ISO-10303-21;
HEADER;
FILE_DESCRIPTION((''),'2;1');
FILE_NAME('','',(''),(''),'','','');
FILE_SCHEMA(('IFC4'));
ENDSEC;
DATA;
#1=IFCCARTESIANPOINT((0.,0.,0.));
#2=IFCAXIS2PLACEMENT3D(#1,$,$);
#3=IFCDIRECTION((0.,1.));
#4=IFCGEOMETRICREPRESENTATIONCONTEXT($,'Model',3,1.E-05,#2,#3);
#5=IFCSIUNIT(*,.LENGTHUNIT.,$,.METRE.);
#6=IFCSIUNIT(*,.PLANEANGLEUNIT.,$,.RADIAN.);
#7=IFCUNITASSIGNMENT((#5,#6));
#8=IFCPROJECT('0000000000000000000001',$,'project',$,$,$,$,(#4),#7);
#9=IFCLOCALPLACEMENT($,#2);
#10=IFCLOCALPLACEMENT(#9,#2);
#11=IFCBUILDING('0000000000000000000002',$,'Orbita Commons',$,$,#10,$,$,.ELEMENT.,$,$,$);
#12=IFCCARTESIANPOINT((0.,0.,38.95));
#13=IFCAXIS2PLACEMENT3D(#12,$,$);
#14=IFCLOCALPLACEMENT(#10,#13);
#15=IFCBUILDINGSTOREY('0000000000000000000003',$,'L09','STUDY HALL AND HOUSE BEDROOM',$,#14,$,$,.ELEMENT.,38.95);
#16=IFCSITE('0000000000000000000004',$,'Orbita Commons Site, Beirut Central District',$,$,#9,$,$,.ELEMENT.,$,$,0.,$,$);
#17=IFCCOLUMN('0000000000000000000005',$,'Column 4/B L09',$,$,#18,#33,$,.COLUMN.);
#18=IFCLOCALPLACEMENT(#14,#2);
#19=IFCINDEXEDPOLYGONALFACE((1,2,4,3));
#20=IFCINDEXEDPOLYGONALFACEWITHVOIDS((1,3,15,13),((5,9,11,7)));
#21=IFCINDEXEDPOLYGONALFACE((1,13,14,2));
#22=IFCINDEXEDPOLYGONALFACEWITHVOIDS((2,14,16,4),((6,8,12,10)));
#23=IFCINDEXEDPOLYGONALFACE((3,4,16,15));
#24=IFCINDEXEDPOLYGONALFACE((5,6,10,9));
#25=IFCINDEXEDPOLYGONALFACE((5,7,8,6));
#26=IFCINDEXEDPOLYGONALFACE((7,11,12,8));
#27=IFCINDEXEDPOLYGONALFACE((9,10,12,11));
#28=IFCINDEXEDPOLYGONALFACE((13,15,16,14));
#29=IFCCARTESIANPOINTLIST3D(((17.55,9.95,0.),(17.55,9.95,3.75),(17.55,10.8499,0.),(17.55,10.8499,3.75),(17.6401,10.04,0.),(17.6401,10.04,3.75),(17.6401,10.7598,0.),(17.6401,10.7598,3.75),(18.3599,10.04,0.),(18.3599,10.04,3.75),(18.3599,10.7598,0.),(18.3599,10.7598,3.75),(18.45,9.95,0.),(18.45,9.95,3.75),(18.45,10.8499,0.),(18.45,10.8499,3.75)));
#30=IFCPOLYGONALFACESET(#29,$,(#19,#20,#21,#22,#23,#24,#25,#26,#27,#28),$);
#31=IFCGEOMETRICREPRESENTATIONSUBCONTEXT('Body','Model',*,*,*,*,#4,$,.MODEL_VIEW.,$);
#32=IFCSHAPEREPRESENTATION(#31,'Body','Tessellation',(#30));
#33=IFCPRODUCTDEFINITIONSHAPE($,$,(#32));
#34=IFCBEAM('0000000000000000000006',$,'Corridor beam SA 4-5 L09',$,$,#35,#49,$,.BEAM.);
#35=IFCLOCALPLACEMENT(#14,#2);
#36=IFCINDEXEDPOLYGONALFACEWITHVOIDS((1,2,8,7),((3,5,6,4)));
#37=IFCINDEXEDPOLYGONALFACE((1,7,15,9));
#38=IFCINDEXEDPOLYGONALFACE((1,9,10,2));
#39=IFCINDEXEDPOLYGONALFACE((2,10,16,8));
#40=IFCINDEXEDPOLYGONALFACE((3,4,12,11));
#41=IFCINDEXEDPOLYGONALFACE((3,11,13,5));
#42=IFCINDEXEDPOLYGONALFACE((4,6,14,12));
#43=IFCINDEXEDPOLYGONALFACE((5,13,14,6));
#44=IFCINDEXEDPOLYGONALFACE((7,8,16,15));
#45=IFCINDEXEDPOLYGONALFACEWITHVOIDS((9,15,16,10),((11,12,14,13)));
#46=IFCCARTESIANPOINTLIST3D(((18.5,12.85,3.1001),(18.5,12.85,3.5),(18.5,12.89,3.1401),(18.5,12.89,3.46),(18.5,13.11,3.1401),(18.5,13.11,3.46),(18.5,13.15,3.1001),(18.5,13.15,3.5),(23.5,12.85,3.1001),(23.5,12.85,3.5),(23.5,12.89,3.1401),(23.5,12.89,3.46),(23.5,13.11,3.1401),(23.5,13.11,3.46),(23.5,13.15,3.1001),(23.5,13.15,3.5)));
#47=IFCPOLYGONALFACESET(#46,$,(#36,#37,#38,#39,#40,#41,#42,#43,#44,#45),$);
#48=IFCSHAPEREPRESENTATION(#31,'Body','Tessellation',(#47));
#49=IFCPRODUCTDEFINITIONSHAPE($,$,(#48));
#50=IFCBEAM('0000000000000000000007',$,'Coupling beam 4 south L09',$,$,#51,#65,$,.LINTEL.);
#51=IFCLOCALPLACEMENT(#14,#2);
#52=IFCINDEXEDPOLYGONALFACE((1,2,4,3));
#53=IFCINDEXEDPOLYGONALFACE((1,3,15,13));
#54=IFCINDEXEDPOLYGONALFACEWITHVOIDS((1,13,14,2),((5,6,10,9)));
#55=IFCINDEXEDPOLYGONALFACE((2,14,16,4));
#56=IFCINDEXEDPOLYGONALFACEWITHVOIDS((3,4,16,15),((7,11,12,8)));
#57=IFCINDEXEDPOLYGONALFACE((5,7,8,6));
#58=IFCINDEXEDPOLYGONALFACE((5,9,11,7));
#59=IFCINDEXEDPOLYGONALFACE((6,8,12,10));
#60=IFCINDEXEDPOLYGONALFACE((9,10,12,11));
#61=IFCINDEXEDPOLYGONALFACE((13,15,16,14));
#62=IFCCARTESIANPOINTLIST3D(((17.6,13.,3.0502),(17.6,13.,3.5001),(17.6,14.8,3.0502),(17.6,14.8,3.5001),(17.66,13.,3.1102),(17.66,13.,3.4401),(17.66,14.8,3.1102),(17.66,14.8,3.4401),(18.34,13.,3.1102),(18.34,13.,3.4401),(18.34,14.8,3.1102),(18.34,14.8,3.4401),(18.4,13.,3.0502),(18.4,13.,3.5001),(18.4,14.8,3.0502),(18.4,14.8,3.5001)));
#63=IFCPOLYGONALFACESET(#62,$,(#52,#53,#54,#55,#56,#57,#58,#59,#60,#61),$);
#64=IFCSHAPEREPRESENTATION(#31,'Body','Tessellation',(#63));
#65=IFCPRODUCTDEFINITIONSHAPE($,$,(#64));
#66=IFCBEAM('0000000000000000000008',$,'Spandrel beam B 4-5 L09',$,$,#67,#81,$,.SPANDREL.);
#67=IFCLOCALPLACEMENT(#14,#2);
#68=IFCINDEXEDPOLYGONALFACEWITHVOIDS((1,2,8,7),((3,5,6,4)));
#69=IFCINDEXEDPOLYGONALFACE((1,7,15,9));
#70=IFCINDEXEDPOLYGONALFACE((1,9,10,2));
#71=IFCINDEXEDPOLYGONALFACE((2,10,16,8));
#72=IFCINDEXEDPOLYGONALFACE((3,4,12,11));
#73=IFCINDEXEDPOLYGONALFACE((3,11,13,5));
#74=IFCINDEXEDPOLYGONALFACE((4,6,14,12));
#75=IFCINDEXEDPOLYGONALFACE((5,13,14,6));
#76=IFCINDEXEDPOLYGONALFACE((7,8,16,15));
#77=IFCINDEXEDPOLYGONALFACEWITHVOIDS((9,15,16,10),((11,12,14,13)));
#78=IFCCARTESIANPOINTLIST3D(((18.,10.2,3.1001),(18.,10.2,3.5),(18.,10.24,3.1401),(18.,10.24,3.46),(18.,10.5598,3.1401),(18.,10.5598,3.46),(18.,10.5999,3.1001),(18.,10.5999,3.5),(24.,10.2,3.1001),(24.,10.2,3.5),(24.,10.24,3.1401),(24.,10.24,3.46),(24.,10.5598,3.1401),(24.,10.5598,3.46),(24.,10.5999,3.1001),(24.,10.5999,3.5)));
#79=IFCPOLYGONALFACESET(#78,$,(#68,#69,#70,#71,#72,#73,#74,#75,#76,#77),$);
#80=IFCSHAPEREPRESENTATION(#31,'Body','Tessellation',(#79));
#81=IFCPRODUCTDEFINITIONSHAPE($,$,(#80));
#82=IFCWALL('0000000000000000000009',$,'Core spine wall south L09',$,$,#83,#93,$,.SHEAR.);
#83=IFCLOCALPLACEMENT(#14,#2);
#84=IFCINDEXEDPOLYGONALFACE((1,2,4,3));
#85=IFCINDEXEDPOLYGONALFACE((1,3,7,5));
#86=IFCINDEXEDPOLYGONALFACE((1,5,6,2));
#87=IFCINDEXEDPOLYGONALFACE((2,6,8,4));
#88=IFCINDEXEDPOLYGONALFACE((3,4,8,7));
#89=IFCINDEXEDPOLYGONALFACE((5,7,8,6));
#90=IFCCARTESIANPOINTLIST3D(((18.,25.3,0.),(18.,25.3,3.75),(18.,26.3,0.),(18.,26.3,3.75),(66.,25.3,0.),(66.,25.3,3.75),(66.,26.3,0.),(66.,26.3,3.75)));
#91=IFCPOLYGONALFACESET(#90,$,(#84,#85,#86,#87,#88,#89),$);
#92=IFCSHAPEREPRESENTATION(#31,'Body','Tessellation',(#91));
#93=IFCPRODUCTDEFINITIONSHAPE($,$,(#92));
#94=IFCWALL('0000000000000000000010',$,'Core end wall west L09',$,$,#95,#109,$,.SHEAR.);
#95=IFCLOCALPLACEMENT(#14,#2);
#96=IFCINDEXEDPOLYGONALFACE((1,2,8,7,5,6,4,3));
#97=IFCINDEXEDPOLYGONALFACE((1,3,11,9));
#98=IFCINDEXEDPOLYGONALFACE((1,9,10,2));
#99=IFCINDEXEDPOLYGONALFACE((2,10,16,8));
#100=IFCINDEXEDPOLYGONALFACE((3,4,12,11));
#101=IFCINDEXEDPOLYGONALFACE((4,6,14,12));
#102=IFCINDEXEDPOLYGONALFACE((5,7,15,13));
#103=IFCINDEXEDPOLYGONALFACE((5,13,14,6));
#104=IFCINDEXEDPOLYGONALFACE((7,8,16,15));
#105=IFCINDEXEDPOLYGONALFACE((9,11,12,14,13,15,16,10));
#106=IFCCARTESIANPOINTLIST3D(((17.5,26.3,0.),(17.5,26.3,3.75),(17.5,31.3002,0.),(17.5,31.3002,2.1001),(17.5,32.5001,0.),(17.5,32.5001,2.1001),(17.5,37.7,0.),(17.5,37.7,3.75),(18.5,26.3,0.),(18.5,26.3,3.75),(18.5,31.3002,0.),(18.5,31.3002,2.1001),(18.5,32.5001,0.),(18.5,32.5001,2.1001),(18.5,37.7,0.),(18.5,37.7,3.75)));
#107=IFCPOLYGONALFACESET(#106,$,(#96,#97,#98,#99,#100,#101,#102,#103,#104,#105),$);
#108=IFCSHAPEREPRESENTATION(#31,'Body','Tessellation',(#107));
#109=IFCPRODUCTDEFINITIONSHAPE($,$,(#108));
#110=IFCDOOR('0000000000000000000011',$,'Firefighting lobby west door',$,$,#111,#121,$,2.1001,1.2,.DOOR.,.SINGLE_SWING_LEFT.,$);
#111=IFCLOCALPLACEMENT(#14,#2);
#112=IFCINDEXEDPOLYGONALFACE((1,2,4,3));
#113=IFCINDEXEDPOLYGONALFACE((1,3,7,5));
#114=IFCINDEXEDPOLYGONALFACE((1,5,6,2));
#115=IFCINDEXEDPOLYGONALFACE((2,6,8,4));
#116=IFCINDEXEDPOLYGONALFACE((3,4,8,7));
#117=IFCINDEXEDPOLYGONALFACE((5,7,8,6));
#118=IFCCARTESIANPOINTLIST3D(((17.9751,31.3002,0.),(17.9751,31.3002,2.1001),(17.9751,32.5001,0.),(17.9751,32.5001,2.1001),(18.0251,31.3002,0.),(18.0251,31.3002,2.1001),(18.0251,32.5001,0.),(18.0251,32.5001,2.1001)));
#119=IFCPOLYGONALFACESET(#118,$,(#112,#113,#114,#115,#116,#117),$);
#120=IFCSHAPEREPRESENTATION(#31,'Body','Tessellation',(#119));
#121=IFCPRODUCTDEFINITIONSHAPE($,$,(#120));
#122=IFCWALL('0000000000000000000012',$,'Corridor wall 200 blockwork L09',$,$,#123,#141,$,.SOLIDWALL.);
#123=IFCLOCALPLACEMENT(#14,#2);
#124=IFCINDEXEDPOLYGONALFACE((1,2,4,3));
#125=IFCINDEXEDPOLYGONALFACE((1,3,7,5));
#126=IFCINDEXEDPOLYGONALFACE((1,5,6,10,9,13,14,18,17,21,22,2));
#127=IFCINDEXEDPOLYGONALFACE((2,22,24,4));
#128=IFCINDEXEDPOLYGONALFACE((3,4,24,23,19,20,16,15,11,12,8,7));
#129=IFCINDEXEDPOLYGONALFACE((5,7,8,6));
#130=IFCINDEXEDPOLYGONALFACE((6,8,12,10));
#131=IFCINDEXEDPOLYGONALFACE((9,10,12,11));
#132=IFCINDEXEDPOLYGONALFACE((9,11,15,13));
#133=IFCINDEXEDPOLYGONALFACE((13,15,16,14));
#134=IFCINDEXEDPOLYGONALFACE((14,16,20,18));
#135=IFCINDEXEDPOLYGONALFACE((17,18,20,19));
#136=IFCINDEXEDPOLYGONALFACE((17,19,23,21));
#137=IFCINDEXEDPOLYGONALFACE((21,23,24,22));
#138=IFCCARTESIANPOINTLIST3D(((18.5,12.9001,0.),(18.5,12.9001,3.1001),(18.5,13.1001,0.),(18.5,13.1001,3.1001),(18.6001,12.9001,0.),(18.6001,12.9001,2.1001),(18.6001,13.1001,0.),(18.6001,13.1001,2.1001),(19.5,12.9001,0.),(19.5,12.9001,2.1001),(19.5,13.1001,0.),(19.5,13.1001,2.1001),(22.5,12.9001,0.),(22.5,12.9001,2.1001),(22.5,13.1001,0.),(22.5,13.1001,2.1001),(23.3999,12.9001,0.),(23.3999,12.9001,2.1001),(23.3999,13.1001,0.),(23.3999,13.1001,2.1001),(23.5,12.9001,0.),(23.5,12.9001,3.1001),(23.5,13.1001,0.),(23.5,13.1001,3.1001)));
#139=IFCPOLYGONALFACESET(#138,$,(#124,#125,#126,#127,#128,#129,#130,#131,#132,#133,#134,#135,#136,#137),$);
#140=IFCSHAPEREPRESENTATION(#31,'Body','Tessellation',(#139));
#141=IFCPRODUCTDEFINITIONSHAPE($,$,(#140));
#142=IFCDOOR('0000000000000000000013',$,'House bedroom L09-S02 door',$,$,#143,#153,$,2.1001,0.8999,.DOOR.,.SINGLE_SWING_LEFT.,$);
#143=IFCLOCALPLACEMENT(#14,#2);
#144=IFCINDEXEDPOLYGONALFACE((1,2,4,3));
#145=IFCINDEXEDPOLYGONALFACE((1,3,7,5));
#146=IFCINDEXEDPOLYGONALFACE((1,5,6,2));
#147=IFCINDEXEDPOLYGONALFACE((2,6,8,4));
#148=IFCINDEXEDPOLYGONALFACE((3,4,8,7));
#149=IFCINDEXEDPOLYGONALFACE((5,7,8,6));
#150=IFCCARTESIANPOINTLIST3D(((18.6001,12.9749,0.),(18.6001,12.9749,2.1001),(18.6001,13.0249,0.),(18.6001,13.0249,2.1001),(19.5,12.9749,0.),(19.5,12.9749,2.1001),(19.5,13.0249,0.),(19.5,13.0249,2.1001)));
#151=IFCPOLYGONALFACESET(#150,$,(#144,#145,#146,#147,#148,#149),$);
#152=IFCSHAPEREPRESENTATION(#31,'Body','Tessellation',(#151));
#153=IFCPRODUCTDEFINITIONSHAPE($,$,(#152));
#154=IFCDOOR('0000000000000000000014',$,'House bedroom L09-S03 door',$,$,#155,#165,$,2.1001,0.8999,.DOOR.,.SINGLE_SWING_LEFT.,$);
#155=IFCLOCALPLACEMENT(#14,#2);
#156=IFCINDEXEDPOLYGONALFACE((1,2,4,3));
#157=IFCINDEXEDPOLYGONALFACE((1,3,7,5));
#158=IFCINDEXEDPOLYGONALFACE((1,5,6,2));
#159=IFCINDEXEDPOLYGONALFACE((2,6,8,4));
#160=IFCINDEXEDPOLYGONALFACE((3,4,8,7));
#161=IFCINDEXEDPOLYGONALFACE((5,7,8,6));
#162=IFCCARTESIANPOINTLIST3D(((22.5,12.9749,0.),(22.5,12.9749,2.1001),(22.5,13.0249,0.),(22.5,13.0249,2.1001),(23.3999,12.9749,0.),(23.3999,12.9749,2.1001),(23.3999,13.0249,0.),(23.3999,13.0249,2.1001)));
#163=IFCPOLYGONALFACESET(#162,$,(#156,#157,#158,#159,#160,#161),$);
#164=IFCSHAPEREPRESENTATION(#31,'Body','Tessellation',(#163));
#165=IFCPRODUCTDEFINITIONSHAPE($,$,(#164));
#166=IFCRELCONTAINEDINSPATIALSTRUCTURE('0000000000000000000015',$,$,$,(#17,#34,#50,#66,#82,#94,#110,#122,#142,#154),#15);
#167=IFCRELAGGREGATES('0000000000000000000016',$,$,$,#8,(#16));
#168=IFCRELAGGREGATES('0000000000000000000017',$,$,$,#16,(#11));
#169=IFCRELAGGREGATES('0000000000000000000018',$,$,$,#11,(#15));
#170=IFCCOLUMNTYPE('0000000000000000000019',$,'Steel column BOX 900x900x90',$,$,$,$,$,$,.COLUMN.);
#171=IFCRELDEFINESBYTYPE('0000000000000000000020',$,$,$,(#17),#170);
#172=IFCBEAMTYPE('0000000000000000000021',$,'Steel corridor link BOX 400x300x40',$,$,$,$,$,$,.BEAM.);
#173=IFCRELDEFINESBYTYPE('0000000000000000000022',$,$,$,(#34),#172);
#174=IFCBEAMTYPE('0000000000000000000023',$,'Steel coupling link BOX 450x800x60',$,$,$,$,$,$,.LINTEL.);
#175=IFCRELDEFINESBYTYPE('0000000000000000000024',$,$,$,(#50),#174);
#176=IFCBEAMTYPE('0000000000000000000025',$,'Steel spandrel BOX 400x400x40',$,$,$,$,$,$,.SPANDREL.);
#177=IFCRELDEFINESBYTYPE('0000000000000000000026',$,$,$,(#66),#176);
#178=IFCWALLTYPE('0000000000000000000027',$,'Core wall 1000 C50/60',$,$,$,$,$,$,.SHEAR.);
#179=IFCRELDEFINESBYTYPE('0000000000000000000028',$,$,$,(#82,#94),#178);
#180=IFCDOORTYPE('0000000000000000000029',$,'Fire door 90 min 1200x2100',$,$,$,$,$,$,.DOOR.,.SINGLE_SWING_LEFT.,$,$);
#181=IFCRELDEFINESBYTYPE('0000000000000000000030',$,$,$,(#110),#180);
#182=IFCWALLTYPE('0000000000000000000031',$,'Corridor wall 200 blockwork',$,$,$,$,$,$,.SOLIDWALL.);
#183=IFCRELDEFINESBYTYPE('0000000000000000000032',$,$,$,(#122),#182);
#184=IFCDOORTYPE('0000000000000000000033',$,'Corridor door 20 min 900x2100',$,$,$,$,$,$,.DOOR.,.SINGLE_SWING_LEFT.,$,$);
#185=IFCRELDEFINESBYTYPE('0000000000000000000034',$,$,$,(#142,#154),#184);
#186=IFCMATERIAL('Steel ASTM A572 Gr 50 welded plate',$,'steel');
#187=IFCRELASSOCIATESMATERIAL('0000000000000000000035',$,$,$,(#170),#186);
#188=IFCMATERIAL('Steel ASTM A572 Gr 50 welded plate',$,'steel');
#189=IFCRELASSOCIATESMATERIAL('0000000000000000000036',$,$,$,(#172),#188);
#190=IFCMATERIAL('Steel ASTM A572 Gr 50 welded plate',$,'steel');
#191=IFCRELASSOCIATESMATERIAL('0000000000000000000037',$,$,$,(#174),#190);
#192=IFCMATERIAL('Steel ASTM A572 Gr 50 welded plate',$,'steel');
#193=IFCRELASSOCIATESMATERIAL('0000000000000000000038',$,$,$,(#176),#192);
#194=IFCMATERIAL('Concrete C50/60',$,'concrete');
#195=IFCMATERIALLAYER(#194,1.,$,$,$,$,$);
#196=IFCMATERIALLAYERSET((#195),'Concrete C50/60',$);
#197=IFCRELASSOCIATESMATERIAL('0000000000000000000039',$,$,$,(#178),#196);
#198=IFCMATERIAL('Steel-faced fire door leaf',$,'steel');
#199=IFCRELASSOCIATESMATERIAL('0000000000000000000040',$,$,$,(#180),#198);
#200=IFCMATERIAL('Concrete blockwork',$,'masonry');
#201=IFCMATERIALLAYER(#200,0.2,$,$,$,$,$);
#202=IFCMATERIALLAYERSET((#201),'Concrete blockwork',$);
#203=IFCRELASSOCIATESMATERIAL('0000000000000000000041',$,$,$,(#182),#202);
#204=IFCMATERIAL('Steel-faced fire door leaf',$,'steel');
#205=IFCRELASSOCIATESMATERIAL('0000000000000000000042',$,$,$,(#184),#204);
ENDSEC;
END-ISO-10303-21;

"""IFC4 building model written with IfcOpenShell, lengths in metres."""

from ifc_helpers import new_model, si_unit, direction, frame, frame_2d, origin, origin_2d, place, context, subcontext, project, spatial, polyline, rectangle, hollow_rectangle, outline, extrude, material, layer, layer_set, material_profile, profile_set, type_object, element, fill, save


model = new_model("IFC4")

# Units and contexts
model_context = context("Model", 3, precision=1e-05, world=origin(), true_north=direction((0.0, 1.0)))
body_context = subcontext(model_context, "Body", "Model", "MODEL_VIEW")
ifc_project = project(units=[si_unit("LENGTHUNIT", "METRE"), si_unit("PLANEANGLEUNIT", "RADIAN")], contexts=[model_context])

# Site, building, storey
site_placement = place(None, origin())
site = spatial("IfcSite", under=ifc_project, at=site_placement, Name="Orbita Commons Site, Beirut Central District", CompositionType="ELEMENT", RefElevation=0.0)
building_placement = place(site_placement, origin())
building = spatial("IfcBuilding", under=site, at=building_placement, Name="Orbita Commons", CompositionType="ELEMENT")
storey_placement = place(building_placement, frame((0.0, 0.0, 38.95)))
storey = spatial("IfcBuildingStorey", under=building, at=storey_placement, Name="L09", Description="STUDY HALL AND HOUSE BEDROOM", CompositionType="ELEMENT", Elevation=38.95)

# Column
ifc_material_1 = material(Name="Steel ASTM A572 Gr 50 welded plate", Category="steel")
ifc_material_profile_1 = material_profile(ifc_material_1, hollow_rectangle(XDim=0.8999, YDim=0.8999, WallThickness=0.0901, at=origin_2d()), Name="BOX 900x900x90")
ifc_profile_set_1 = profile_set([ifc_material_profile_1], Name="Steel ASTM A572 Gr 50 welded plate")
column_type = type_object("IfcColumnType", Name="Steel column BOX 900x900x90", PredefinedType="COLUMN", material=ifc_profile_set_1)
column_placement = place(storey_placement, frame((18.0, 10.3999, 0.0), z_axis=(0.0, 0.0, 1.0), x_axis=(1.0, 0.0, 0.0)))
element("IfcColumn", 1, at=column_placement, inside=storey, type_object=column_type, Name="Column 4/B L09", PredefinedType="COLUMN", context=body_context, shape_type="SweptSolid", body=[
    extrude(hollow_rectangle(XDim=0.8999, YDim=0.8999, WallThickness=0.0901, at=origin_2d()), origin(), (0.0, 0.0, 1.0), 3.75),
])

# Beams
ifc_material_2 = material(Name="Steel ASTM A572 Gr 50 welded plate", Category="steel")
ifc_material_profile_2 = material_profile(ifc_material_2, hollow_rectangle(XDim=0.3, YDim=0.3999, WallThickness=0.04, at=origin_2d()), Name="BOX 400x300x40")
ifc_profile_set_2 = profile_set([ifc_material_profile_2], Name="Steel ASTM A572 Gr 50 welded plate")
beam_type_1 = type_object("IfcBeamType", Name="Steel corridor link BOX 400x300x40", PredefinedType="BEAM", material=ifc_profile_set_2)
beam_1_placement = place(storey_placement, frame((18.5, 13.0, 3.3), z_axis=(1.0, 0.0, 0.0), x_axis=(0.0, 1.0, 0.0)))
element("IfcBeam", 2, at=beam_1_placement, inside=storey, type_object=beam_type_1, Name="Corridor beam SA 4-5 L09", PredefinedType="BEAM", context=body_context, shape_type="SweptSolid", body=[
    extrude(hollow_rectangle(XDim=0.3, YDim=0.3999, WallThickness=0.04, at=origin_2d()), origin(), (0.0, 0.0, 1.0), 5.0),
])
ifc_material_3 = material(Name="Steel ASTM A572 Gr 50 welded plate", Category="steel")
ifc_material_profile_3 = material_profile(ifc_material_3, hollow_rectangle(XDim=0.8, YDim=0.45, WallThickness=0.0601, at=origin_2d()), Name="BOX 450x800x60")
ifc_profile_set_3 = profile_set([ifc_material_profile_3], Name="Steel ASTM A572 Gr 50 welded plate")
beam_type_2 = type_object("IfcBeamType", Name="Steel coupling link BOX 450x800x60", PredefinedType="LINTEL", material=ifc_profile_set_3)
beam_2_placement = place(storey_placement, frame((18.0, 13.0, 3.2751), z_axis=(0.0, 1.0, 0.0), x_axis=(-1.0, 0.0, 0.0)))
element("IfcBeam", 3, at=beam_2_placement, inside=storey, type_object=beam_type_2, Name="Coupling beam 4 south L09", PredefinedType="LINTEL", context=body_context, shape_type="SweptSolid", body=[
    extrude(hollow_rectangle(XDim=0.8, YDim=0.45, WallThickness=0.0601, at=origin_2d()), origin(), (0.0, 0.0, 1.0), 1.8),
])
ifc_material_4 = material(Name="Steel ASTM A572 Gr 50 welded plate", Category="steel")
ifc_material_profile_4 = material_profile(ifc_material_4, hollow_rectangle(XDim=0.3999, YDim=0.3999, WallThickness=0.04, at=origin_2d()), Name="BOX 400x400x40")
ifc_profile_set_4 = profile_set([ifc_material_profile_4], Name="Steel ASTM A572 Gr 50 welded plate")
beam_type_3 = type_object("IfcBeamType", Name="Steel spandrel BOX 400x400x40", PredefinedType="SPANDREL", material=ifc_profile_set_4)
beam_3_placement = place(storey_placement, frame((18.0, 10.3999, 3.3), z_axis=(1.0, 0.0, 0.0), x_axis=(0.0, 1.0, 0.0)))
element("IfcBeam", 4, at=beam_3_placement, inside=storey, type_object=beam_type_3, Name="Spandrel beam B 4-5 L09", PredefinedType="SPANDREL", context=body_context, shape_type="SweptSolid", body=[
    extrude(hollow_rectangle(XDim=0.3999, YDim=0.3999, WallThickness=0.04, at=origin_2d()), origin(), (0.0, 0.0, 1.0), 6.0),
])

# Wall
ifc_material_5 = material(Name="Concrete C50/60", Category="concrete")
ifc_layer_1 = layer(ifc_material_5, 1.0)
ifc_layer_set_1 = layer_set([ifc_layer_1], Name="Concrete C50/60")
wall_type_1 = type_object("IfcWallType", Name="Core wall 1000 C50/60", PredefinedType="SHEAR", material=ifc_layer_set_1)
wall_1_placement = place(storey_placement, frame((18.0, 25.8, 0.0), z_axis=(0.0, 0.0, 1.0), x_axis=(1.0, 0.0, 0.0)))
element("IfcWall", 5, at=wall_1_placement, inside=storey, type_object=wall_type_1, Name="Core spine wall south L09", PredefinedType="SHEAR", context=body_context, shape_type="SweptSolid", body=[
    extrude(rectangle(XDim=48.0, YDim=1.0, at=frame_2d((24.0, 0.0))), origin(), (0.0, 0.0, 1.0), 3.75),
])

# Wall, opening, door
wall_2_placement = place(storey_placement, frame((18.0, 26.3, 0.0), z_axis=(0.0, 0.0, 1.0), x_axis=(0.0, 1.0, 0.0)))
wall_2 = element("IfcWall", 6, at=wall_2_placement, inside=storey, type_object=wall_type_1, Name="Core end wall west L09", PredefinedType="SHEAR", context=body_context, shape_type="SweptSolid", body=[
    extrude(rectangle(XDim=11.3999, YDim=1.0, at=frame_2d((5.7, 0.0))), origin(), (0.0, 0.0, 1.0), 3.75),
])
opening_1_placement = place(wall_2_placement, frame((5.0, 0.0, 0.0)))
opening_1 = element("IfcOpeningElement", 7, at=opening_1_placement, cuts=wall_2, PredefinedType="OPENING", context=body_context, shape_type="SweptSolid", body=[
    extrude(rectangle(XDim=1.2, YDim=2.1001, at=frame_2d((0.6001, 1.05))), frame((0.0, 0.51, 0.0), z_axis=(0.0, -1.0, 0.0), x_axis=(1.0, 0.0, 0.0)), (0.0, 0.0, 1.0), 1.02),
])
ifc_material_6 = material(Name="Steel-faced fire door leaf", Category="steel")
door_type_1 = type_object("IfcDoorType", Name="Fire door 90 min 1200x2100", OperationType="SINGLE_SWING_LEFT", PredefinedType="DOOR", material=ifc_material_6)
door_1_placement = place(opening_1_placement, origin())
door_1 = element("IfcDoor", 8, at=door_1_placement, inside=storey, type_object=door_type_1, Name="Firefighting lobby west door", OperationType="SINGLE_SWING_LEFT", OverallHeight=2.1001, OverallWidth=1.2, PredefinedType="DOOR", context=body_context, shape_type="SweptSolid", body=[
    extrude(rectangle(XDim=1.2, YDim=2.1001, at=frame_2d((0.6001, 1.05))), frame((0.0, 0.0249, 0.0), z_axis=(0.0, -1.0, 0.0), x_axis=(1.0, 0.0, 0.0)), (0.0, 0.0, 1.0), 0.05),
])
fill(opening_1, door_1)

# Wall, openings, doors
ifc_material_7 = material(Name="Concrete blockwork", Category="masonry")
ifc_layer_2 = layer(ifc_material_7, 0.2)
ifc_layer_set_2 = layer_set([ifc_layer_2], Name="Concrete blockwork")
wall_type_2 = type_object("IfcWallType", Name="Corridor wall 200 blockwork", PredefinedType="SOLIDWALL", material=ifc_layer_set_2)
wall_3_placement = place(storey_placement, frame((18.5, 13.0, 0.0), z_axis=(0.0, 0.0, 1.0), x_axis=(1.0, 0.0, 0.0)))
wall_3 = element("IfcWall", 9, at=wall_3_placement, inside=storey, type_object=wall_type_2, Name="Corridor wall 200 blockwork L09", PredefinedType="SOLIDWALL", context=body_context, shape_type="SweptSolid", body=[
    extrude(outline(polyline([(0.0, 0.0), (5.0, 0.0), (5.0, 3.1001), (0.0, 3.1001), (0.0, 0.0)])), frame((0.0, 0.1001, 0.0), z_axis=(0.0, -1.0, 0.0), x_axis=(1.0, 0.0, 0.0)), (0.0, 0.0, 1.0), 0.2),
])
opening_2_placement = place(wall_3_placement, frame((0.1001, 0.0, 0.0)))
opening_2 = element("IfcOpeningElement", 10, at=opening_2_placement, cuts=wall_3, PredefinedType="OPENING", context=body_context, shape_type="SweptSolid", body=[
    extrude(rectangle(XDim=0.8999, YDim=2.1001, at=frame_2d((0.45, 1.05))), frame((0.0, 0.1099, 0.0), z_axis=(0.0, -1.0, 0.0), x_axis=(1.0, 0.0, 0.0)), (0.0, 0.0, 1.0), 0.22),
])
opening_3_placement = place(wall_3_placement, frame((4.0, 0.0, 0.0)))
opening_3 = element("IfcOpeningElement", 11, at=opening_3_placement, cuts=wall_3, PredefinedType="OPENING", context=body_context, shape_type="SweptSolid", body=[
    extrude(rectangle(XDim=0.8999, YDim=2.1001, at=frame_2d((0.45, 1.05))), frame((0.0, 0.1099, 0.0), z_axis=(0.0, -1.0, 0.0), x_axis=(1.0, 0.0, 0.0)), (0.0, 0.0, 1.0), 0.22),
])
ifc_material_8 = material(Name="Steel-faced fire door leaf", Category="steel")
door_type_2 = type_object("IfcDoorType", Name="Corridor door 20 min 900x2100", OperationType="SINGLE_SWING_LEFT", PredefinedType="DOOR", material=ifc_material_8)
door_2_placement = place(opening_2_placement, origin())
door_2 = element("IfcDoor", 12, at=door_2_placement, inside=storey, type_object=door_type_2, Name="House bedroom L09-S02 door", OperationType="SINGLE_SWING_LEFT", OverallHeight=2.1001, OverallWidth=0.8999, PredefinedType="DOOR", context=body_context, shape_type="SweptSolid", body=[
    extrude(rectangle(XDim=0.8999, YDim=2.1001, at=frame_2d((0.45, 1.05))), frame((0.0, 0.0249, 0.0), z_axis=(0.0, -1.0, 0.0), x_axis=(1.0, 0.0, 0.0)), (0.0, 0.0, 1.0), 0.05),
])
fill(opening_2, door_2)
door_3_placement = place(opening_3_placement, origin())
door_3 = element("IfcDoor", 13, at=door_3_placement, inside=storey, type_object=door_type_2, Name="House bedroom L09-S03 door", OperationType="SINGLE_SWING_LEFT", OverallHeight=2.1001, OverallWidth=0.8999, PredefinedType="DOOR", context=body_context, shape_type="SweptSolid", body=[
    extrude(rectangle(XDim=0.8999, YDim=2.1001, at=frame_2d((0.45, 1.05))), frame((0.0, 0.0249, 0.0), z_axis=(0.0, -1.0, 0.0), x_axis=(1.0, 0.0, 0.0)), (0.0, 0.0, 1.0), 0.05),
])
fill(opening_3, door_3)

save(model, "model.ifc")
